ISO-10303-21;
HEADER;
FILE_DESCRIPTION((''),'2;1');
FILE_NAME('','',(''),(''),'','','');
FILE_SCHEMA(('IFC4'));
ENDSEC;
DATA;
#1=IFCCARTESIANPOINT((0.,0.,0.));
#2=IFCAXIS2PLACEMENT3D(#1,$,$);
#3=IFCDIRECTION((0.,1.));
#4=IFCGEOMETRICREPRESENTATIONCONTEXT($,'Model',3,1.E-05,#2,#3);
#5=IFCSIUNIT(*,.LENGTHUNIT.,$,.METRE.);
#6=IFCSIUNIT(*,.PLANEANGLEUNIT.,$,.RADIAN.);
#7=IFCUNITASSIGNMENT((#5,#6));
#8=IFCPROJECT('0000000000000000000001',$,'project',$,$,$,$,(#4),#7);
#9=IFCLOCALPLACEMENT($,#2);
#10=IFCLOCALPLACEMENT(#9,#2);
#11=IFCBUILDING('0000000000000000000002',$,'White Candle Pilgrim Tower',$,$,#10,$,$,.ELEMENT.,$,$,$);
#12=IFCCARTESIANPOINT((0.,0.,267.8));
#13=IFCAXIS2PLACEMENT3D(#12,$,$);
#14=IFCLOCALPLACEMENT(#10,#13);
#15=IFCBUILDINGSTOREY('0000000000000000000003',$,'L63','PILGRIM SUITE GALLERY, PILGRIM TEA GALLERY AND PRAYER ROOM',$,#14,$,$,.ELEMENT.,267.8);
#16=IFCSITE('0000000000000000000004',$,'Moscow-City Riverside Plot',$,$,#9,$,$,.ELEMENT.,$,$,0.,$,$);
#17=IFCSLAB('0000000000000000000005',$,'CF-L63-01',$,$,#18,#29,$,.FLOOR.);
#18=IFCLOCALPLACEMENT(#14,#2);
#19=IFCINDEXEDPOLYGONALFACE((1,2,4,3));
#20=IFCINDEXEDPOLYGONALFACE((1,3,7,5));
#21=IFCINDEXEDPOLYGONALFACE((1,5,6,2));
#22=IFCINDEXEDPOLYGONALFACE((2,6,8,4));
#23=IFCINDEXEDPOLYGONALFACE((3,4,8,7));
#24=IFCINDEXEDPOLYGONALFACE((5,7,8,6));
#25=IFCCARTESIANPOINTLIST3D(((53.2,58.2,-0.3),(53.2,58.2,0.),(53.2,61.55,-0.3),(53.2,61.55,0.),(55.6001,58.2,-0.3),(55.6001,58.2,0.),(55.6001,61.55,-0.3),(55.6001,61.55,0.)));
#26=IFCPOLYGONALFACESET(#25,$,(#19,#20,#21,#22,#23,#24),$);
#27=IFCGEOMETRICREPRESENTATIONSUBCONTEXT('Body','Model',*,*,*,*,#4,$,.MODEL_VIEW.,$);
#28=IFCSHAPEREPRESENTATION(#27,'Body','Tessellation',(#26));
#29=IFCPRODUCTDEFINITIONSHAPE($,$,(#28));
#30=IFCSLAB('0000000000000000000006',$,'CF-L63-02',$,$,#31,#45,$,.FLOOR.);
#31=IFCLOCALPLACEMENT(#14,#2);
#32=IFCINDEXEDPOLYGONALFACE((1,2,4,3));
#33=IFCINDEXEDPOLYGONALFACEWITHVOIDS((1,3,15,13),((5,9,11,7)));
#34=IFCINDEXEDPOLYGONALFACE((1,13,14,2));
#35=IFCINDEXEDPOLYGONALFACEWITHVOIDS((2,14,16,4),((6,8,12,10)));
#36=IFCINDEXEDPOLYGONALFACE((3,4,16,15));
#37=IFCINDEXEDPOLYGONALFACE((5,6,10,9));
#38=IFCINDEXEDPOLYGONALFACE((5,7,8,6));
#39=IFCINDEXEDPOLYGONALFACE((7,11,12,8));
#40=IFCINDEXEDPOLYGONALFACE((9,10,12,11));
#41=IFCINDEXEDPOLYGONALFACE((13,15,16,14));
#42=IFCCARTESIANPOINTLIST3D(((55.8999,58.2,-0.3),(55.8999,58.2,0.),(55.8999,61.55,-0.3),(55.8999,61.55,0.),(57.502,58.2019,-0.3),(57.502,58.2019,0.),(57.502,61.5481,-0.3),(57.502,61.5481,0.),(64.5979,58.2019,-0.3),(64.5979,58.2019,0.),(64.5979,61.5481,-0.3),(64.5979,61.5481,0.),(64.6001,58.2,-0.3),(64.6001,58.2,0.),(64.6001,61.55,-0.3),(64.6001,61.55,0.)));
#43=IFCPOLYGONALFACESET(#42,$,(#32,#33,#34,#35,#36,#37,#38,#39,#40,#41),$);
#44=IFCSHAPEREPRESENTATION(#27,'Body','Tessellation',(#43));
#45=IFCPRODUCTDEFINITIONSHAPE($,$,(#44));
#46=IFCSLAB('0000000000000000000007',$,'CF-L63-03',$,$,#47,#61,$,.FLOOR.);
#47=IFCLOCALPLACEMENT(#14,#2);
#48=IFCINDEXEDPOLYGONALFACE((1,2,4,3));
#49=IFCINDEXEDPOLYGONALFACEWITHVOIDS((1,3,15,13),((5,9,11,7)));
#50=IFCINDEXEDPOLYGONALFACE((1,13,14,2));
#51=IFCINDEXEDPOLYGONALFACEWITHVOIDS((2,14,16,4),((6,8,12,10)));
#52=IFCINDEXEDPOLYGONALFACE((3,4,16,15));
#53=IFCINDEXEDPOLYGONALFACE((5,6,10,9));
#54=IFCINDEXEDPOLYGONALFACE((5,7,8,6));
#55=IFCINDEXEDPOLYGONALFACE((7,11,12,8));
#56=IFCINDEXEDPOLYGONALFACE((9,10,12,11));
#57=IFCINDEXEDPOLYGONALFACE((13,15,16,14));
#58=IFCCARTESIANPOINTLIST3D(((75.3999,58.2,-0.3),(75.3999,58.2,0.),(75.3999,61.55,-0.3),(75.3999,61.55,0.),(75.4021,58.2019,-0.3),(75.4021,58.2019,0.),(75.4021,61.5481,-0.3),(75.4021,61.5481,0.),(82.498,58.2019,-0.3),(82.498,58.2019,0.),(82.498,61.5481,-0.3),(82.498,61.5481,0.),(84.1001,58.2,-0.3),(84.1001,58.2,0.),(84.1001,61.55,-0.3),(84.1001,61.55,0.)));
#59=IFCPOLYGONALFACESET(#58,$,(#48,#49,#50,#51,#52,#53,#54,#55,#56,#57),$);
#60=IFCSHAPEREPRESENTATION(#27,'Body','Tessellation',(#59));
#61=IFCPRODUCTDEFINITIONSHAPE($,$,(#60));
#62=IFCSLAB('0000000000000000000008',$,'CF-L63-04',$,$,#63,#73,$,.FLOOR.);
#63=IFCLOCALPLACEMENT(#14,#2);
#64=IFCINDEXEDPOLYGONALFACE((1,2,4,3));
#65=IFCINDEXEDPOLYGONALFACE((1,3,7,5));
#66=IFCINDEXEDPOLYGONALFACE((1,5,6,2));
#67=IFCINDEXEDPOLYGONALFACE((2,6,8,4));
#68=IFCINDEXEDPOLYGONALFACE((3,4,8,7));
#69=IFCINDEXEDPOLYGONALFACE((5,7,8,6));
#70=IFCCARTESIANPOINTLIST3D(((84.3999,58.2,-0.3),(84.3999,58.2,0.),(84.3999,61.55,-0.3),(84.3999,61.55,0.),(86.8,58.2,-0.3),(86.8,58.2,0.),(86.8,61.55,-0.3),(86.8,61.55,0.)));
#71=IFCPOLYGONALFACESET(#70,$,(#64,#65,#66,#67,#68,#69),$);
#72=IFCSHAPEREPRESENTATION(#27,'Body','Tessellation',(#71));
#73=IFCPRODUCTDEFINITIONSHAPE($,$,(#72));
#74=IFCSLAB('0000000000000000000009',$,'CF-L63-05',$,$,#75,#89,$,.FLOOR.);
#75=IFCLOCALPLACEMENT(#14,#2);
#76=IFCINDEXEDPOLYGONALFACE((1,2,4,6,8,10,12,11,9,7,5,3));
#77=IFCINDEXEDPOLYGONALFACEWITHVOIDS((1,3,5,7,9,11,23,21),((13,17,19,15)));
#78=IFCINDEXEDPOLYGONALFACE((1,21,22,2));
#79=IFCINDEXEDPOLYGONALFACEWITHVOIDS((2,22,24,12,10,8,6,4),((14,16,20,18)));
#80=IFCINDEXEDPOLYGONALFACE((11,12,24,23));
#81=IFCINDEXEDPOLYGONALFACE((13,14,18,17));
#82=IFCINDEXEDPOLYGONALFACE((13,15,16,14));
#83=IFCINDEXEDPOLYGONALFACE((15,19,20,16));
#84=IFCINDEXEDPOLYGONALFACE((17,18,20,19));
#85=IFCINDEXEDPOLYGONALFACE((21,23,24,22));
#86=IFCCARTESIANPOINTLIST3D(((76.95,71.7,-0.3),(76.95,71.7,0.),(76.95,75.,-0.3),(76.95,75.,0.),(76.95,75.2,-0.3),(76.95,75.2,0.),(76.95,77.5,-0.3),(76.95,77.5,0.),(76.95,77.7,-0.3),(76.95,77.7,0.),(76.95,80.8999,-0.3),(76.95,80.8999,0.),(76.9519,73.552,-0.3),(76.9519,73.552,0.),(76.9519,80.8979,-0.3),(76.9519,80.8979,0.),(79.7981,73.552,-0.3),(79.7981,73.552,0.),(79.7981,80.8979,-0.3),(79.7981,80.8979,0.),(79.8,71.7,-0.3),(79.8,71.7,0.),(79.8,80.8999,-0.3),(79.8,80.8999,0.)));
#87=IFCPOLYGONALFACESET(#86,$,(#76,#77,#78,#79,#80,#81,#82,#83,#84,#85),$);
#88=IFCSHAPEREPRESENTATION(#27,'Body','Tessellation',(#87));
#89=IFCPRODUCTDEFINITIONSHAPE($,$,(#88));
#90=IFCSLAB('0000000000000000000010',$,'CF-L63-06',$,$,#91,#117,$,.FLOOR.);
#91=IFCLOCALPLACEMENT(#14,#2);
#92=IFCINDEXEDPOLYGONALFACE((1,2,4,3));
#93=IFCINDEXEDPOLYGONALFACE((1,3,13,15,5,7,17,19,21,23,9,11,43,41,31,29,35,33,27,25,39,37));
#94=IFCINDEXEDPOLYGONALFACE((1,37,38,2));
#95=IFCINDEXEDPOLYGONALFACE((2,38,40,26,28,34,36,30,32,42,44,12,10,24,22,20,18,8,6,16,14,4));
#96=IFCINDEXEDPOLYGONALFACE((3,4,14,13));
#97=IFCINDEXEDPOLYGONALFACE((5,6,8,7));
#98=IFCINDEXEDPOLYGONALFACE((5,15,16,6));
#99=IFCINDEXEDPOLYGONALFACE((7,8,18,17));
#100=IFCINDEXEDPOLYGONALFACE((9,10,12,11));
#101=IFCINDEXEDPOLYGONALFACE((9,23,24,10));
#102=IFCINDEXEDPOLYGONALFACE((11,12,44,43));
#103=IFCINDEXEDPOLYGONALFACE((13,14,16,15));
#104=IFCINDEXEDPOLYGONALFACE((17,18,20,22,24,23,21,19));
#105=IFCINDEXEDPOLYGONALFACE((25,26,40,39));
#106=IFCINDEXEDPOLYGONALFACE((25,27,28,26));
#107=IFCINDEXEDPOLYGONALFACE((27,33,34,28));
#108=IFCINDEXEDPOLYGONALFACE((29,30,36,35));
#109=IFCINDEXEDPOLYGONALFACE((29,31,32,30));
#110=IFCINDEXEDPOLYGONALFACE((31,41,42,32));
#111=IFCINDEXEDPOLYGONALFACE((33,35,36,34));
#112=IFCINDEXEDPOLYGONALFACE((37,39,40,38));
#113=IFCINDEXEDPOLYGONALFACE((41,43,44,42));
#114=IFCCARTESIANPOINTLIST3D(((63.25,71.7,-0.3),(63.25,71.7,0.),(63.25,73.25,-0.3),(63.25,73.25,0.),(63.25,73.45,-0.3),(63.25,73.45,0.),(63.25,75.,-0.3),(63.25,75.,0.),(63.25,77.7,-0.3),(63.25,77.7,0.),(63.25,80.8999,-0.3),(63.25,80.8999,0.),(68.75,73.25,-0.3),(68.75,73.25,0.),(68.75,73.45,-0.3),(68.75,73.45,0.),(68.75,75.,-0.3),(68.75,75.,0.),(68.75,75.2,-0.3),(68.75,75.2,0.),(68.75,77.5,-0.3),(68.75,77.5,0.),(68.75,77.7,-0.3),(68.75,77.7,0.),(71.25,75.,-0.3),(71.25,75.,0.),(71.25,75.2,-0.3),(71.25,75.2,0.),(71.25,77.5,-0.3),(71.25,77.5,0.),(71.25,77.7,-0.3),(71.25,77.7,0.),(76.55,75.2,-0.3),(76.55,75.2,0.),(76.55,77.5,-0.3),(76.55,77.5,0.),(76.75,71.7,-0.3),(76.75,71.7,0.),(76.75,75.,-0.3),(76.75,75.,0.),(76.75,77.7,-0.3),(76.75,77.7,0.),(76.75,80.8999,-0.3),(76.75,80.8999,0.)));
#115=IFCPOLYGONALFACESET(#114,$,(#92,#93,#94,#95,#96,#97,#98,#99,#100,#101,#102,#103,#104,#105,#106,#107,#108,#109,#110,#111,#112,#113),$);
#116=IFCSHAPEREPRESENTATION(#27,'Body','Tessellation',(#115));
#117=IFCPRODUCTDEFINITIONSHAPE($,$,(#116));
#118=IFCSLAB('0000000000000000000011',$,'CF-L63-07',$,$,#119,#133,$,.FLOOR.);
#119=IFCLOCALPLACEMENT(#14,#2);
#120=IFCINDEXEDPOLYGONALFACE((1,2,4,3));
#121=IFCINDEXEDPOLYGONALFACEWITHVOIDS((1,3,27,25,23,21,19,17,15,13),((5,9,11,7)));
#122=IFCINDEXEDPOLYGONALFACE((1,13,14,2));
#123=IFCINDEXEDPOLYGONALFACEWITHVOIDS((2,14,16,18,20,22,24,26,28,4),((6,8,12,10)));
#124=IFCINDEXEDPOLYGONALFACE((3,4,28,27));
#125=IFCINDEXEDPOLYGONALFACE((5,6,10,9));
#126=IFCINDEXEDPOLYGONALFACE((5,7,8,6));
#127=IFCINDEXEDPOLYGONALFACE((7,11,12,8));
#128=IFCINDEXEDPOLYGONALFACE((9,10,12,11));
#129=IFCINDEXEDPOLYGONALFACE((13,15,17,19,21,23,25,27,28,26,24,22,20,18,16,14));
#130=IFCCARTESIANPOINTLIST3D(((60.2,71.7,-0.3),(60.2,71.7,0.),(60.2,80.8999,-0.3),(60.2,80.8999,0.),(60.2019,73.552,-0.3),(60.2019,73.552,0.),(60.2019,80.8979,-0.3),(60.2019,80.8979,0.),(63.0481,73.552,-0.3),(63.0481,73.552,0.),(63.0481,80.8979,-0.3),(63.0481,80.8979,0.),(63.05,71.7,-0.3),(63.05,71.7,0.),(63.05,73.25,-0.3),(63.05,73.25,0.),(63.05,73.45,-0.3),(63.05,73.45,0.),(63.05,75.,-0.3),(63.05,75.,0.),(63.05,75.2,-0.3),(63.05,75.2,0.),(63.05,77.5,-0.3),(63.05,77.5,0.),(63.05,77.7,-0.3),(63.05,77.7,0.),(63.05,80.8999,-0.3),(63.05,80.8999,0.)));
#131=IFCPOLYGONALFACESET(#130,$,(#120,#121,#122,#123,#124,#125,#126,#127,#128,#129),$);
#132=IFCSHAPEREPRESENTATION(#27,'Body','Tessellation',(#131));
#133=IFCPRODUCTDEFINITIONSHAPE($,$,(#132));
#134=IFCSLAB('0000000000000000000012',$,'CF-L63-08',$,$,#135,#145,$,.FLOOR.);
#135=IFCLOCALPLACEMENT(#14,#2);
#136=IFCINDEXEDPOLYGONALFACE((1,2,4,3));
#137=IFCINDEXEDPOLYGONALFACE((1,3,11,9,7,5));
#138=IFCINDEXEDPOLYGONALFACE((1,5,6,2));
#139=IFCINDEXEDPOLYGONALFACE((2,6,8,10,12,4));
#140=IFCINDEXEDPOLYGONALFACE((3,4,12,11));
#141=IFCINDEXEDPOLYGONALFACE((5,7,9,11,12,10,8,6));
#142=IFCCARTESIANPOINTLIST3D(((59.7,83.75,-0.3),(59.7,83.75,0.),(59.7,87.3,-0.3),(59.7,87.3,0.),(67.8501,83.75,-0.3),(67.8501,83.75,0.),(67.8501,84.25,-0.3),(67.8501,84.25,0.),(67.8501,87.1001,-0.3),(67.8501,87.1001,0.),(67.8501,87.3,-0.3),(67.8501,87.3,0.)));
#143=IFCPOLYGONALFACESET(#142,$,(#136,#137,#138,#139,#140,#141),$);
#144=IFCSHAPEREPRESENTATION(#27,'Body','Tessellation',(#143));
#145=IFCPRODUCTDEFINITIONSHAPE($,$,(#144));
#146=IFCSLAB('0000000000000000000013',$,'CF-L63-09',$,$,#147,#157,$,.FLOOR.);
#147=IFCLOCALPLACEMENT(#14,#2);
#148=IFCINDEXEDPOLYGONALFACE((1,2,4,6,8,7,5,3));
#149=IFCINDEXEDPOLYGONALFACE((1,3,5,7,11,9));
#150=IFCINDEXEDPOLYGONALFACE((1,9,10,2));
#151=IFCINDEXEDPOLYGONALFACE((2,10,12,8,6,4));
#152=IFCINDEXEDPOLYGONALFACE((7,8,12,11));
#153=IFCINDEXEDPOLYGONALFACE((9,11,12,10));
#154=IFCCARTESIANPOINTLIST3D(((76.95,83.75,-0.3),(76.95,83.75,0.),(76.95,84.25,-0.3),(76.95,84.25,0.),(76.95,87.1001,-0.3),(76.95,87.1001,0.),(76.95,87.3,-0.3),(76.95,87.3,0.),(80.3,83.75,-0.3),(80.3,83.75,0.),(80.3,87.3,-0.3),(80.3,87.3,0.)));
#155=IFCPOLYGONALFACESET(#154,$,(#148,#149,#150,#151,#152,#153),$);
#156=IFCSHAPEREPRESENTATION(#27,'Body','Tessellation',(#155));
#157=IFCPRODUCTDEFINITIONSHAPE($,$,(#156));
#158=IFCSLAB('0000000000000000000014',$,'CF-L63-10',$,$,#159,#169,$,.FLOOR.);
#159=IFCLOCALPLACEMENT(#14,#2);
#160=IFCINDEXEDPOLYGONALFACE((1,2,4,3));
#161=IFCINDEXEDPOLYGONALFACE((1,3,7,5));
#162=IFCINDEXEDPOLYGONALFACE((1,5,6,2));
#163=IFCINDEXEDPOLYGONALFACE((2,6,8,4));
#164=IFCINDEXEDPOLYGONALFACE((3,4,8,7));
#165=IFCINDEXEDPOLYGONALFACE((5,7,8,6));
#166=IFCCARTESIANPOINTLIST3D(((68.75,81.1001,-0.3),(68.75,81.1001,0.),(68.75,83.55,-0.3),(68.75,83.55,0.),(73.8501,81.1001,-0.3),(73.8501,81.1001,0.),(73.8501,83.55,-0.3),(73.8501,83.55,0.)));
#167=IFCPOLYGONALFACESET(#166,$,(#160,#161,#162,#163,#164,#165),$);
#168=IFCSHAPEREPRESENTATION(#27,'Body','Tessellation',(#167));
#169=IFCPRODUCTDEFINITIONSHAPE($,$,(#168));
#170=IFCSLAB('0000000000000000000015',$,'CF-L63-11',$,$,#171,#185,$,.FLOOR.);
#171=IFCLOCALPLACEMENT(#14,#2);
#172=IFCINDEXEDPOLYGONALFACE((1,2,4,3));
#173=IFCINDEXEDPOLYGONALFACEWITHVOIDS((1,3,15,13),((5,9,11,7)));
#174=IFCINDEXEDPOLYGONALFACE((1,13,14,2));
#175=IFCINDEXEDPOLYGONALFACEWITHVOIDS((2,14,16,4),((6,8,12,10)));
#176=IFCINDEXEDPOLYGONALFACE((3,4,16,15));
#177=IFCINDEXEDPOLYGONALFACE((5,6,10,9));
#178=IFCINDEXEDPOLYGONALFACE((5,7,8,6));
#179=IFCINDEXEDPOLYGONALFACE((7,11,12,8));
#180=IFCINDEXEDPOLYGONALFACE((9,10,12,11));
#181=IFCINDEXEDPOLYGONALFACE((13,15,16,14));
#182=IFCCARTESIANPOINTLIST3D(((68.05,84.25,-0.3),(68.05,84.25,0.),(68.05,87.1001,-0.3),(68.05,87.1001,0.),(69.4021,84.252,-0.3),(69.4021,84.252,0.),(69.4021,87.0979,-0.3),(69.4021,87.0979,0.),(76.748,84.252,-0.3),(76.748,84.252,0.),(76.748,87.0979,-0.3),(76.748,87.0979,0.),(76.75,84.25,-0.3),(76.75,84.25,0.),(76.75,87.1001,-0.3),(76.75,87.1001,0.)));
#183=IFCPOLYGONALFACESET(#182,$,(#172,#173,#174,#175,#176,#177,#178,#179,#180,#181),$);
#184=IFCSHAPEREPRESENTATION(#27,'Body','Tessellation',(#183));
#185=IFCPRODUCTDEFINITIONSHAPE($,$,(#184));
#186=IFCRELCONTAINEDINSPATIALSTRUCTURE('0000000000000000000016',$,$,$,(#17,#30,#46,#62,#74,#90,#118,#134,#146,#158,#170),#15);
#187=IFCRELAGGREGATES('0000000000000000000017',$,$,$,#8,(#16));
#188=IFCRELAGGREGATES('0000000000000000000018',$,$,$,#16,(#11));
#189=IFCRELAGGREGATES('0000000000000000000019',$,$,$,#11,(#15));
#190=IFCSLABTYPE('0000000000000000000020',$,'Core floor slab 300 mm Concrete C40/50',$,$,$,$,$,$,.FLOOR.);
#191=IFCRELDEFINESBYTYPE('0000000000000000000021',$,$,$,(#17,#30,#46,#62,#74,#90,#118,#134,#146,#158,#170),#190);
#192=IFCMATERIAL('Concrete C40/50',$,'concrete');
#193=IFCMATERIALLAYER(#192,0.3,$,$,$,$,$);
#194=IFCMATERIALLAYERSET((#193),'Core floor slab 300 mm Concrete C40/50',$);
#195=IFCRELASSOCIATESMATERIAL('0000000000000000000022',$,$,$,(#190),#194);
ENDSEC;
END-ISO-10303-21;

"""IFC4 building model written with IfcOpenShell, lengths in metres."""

from ifc_helpers import new_model, si_unit, direction, frame, origin, place, context, subcontext, project, spatial, polyline, outline, extrude, material, layer, layer_set, type_object, element, save


model = new_model("IFC4")

# Units and contexts
model_context = context("Model", 3, precision=1e-05, world=origin(), true_north=direction((0.0, 1.0)))
body_context = subcontext(model_context, "Body", "Model", "MODEL_VIEW")
ifc_project = project(units=[si_unit("LENGTHUNIT", "METRE"), si_unit("PLANEANGLEUNIT", "RADIAN")], contexts=[model_context])

# Site, building, storey
site_placement = place(None, origin())
site = spatial("IfcSite", under=ifc_project, at=site_placement, Name="Moscow-City Riverside Plot", CompositionType="ELEMENT", RefElevation=0.0)
building_placement = place(site_placement, origin())
building = spatial("IfcBuilding", under=site, at=building_placement, Name="White Candle Pilgrim Tower", CompositionType="ELEMENT")
storey_placement = place(building_placement, frame((0.0, 0.0, 267.8)))
storey = spatial("IfcBuildingStorey", under=building, at=storey_placement, Name="L63", Description="PILGRIM SUITE GALLERY, PILGRIM TEA GALLERY AND PRAYER ROOM", CompositionType="ELEMENT", Elevation=267.8)

# Slabs
ifc_material = material(Name="Concrete C40/50", Category="concrete")
ifc_layer_1 = layer(ifc_material, 0.3)
ifc_layer_set_1 = layer_set([ifc_layer_1], Name="Core floor slab 300 mm Concrete C40/50")
slab_type_1 = type_object("IfcSlabType", Name="Core floor slab 300 mm Concrete C40/50", PredefinedType="FLOOR", material=ifc_layer_set_1)
slab_1_placement = place(storey_placement, frame((0.0, 0.0, -0.3)))
element("IfcSlab", 1, at=slab_1_placement, inside=storey, type_object=slab_type_1, Name="CF-L63-01", PredefinedType="FLOOR", context=body_context, shape_type="SweptSolid", body=[
    extrude(outline(polyline([(55.6001, 58.2), (53.2, 58.2), (53.2, 61.55), (55.6001, 61.55), (55.6001, 58.2)])), origin(), (0.0, 0.0, 1.0), 0.3),
])
slab_2_placement = place(storey_placement, frame((0.0, 0.0, -0.3)))
element("IfcSlab", 2, at=slab_2_placement, inside=storey, type_object=slab_type_1, Name="CF-L63-02", PredefinedType="FLOOR", context=body_context, shape_type="SweptSolid", body=[
    extrude(outline(polyline([(55.8999, 58.2), (55.8999, 61.55), (64.6001, 61.55), (64.6001, 58.2), (55.8999, 58.2)]), holes=[polyline([(57.502, 61.5481), (57.502, 58.2019), (64.5979, 58.2019), (64.5979, 61.5481), (57.502, 61.5481)])]), origin(), (0.0, 0.0, 1.0), 0.3),
])
slab_3_placement = place(storey_placement, frame((0.0, 0.0, -0.3)))
element("IfcSlab", 3, at=slab_3_placement, inside=storey, type_object=slab_type_1, Name="CF-L63-03", PredefinedType="FLOOR", context=body_context, shape_type="SweptSolid", body=[
    extrude(outline(polyline([(75.3999, 58.2), (75.3999, 61.55), (84.1001, 61.55), (84.1001, 58.2), (75.3999, 58.2)]), holes=[polyline([(82.498, 61.5481), (75.4021, 61.5481), (75.4021, 58.2019), (82.498, 58.2019), (82.498, 61.5481)])]), origin(), (0.0, 0.0, 1.0), 0.3),
])
slab_4_placement = place(storey_placement, frame((0.0, 0.0, -0.3)))
element("IfcSlab", 4, at=slab_4_placement, inside=storey, type_object=slab_type_1, Name="CF-L63-04", PredefinedType="FLOOR", context=body_context, shape_type="SweptSolid", body=[
    extrude(outline(polyline([(86.8, 58.2), (84.3999, 58.2), (84.3999, 61.55), (86.8, 61.55), (86.8, 58.2)])), origin(), (0.0, 0.0, 1.0), 0.3),
])
slab_5_placement = place(storey_placement, frame((0.0, 0.0, -0.3)))
element("IfcSlab", 5, at=slab_5_placement, inside=storey, type_object=slab_type_1, Name="CF-L63-05", PredefinedType="FLOOR", context=body_context, shape_type="SweptSolid", body=[
    extrude(outline(polyline([(76.95, 71.7), (76.95, 75.0), (76.95, 75.2), (76.95, 77.5), (76.95, 77.7), (76.95, 80.8999), (79.8, 80.8999), (79.8, 71.7), (76.95, 71.7)]), holes=[polyline([(76.9519, 73.552), (79.7981, 73.552), (79.7981, 80.8979), (76.9519, 80.8979), (76.9519, 73.552)])]), origin(), (0.0, 0.0, 1.0), 0.3),
])
slab_6_placement = place(storey_placement, frame((0.0, 0.0, -0.3)))
element("IfcSlab", 6, at=slab_6_placement, inside=storey, type_object=slab_type_1, Name="CF-L63-06", PredefinedType="FLOOR", context=body_context, shape_type="SweptSolid", body=[
    extrude(outline(polyline([(63.25, 71.7), (63.25, 73.25), (68.75, 73.25), (68.75, 73.45), (63.25, 73.45), (63.25, 75.0), (68.75, 75.0), (68.75, 75.2), (68.75, 77.5), (68.75, 77.7), (63.25, 77.7), (63.25, 80.8999), (76.75, 80.8999), (76.75, 77.7), (71.25, 77.7), (71.25, 77.5), (76.55, 77.5), (76.55, 75.2), (71.25, 75.2), (71.25, 75.0), (76.75, 75.0), (76.75, 71.7), (63.25, 71.7)])), origin(), (0.0, 0.0, 1.0), 0.3),
])
slab_7_placement = place(storey_placement, frame((0.0, 0.0, -0.3)))
element("IfcSlab", 7, at=slab_7_placement, inside=storey, type_object=slab_type_1, Name="CF-L63-07", PredefinedType="FLOOR", context=body_context, shape_type="SweptSolid", body=[
    extrude(outline(polyline([(60.2, 71.7), (60.2, 80.8999), (63.05, 80.8999), (63.05, 77.7), (63.05, 77.5), (63.05, 75.2), (63.05, 75.0), (63.05, 73.45), (63.05, 73.25), (63.05, 71.7), (60.2, 71.7)]), holes=[polyline([(60.2019, 73.552), (63.0481, 73.552), (63.0481, 80.8979), (60.2019, 80.8979), (60.2019, 73.552)])]), origin(), (0.0, 0.0, 1.0), 0.3),
])
slab_8_placement = place(storey_placement, frame((0.0, 0.0, -0.3)))
element("IfcSlab", 8, at=slab_8_placement, inside=storey, type_object=slab_type_1, Name="CF-L63-08", PredefinedType="FLOOR", context=body_context, shape_type="SweptSolid", body=[
    extrude(outline(polyline([(59.7, 87.3), (67.8501, 87.3), (67.8501, 87.1001), (67.8501, 84.25), (67.8501, 83.75), (59.7, 83.75), (59.7, 87.3)])), origin(), (0.0, 0.0, 1.0), 0.3),
])
slab_9_placement = place(storey_placement, frame((0.0, 0.0, -0.3)))
element("IfcSlab", 9, at=slab_9_placement, inside=storey, type_object=slab_type_1, Name="CF-L63-09", PredefinedType="FLOOR", context=body_context, shape_type="SweptSolid", body=[
    extrude(outline(polyline([(80.3, 87.3), (80.3, 83.75), (76.95, 83.75), (76.95, 84.25), (76.95, 87.1001), (76.95, 87.3), (80.3, 87.3)])), origin(), (0.0, 0.0, 1.0), 0.3),
])
slab_10_placement = place(storey_placement, frame((0.0, 0.0, -0.3)))
element("IfcSlab", 10, at=slab_10_placement, inside=storey, type_object=slab_type_1, Name="CF-L63-10", PredefinedType="FLOOR", context=body_context, shape_type="SweptSolid", body=[
    extrude(outline(polyline([(68.75, 81.1001), (68.75, 83.55), (73.8501, 83.55), (73.8501, 81.1001), (68.75, 81.1001)])), origin(), (0.0, 0.0, 1.0), 0.3),
])
slab_11_placement = place(storey_placement, frame((0.0, 0.0, -0.3)))
element("IfcSlab", 11, at=slab_11_placement, inside=storey, type_object=slab_type_1, Name="CF-L63-11", PredefinedType="FLOOR", context=body_context, shape_type="SweptSolid", body=[
    extrude(outline(polyline([(68.05, 87.1001), (76.75, 87.1001), (76.75, 84.25), (68.05, 84.25), (68.05, 87.1001)]), holes=[polyline([(69.4021, 84.252), (76.748, 84.252), (76.748, 87.0979), (69.4021, 87.0979), (69.4021, 84.252)])]), origin(), (0.0, 0.0, 1.0), 0.3),
])

save(model, "model.ifc")
